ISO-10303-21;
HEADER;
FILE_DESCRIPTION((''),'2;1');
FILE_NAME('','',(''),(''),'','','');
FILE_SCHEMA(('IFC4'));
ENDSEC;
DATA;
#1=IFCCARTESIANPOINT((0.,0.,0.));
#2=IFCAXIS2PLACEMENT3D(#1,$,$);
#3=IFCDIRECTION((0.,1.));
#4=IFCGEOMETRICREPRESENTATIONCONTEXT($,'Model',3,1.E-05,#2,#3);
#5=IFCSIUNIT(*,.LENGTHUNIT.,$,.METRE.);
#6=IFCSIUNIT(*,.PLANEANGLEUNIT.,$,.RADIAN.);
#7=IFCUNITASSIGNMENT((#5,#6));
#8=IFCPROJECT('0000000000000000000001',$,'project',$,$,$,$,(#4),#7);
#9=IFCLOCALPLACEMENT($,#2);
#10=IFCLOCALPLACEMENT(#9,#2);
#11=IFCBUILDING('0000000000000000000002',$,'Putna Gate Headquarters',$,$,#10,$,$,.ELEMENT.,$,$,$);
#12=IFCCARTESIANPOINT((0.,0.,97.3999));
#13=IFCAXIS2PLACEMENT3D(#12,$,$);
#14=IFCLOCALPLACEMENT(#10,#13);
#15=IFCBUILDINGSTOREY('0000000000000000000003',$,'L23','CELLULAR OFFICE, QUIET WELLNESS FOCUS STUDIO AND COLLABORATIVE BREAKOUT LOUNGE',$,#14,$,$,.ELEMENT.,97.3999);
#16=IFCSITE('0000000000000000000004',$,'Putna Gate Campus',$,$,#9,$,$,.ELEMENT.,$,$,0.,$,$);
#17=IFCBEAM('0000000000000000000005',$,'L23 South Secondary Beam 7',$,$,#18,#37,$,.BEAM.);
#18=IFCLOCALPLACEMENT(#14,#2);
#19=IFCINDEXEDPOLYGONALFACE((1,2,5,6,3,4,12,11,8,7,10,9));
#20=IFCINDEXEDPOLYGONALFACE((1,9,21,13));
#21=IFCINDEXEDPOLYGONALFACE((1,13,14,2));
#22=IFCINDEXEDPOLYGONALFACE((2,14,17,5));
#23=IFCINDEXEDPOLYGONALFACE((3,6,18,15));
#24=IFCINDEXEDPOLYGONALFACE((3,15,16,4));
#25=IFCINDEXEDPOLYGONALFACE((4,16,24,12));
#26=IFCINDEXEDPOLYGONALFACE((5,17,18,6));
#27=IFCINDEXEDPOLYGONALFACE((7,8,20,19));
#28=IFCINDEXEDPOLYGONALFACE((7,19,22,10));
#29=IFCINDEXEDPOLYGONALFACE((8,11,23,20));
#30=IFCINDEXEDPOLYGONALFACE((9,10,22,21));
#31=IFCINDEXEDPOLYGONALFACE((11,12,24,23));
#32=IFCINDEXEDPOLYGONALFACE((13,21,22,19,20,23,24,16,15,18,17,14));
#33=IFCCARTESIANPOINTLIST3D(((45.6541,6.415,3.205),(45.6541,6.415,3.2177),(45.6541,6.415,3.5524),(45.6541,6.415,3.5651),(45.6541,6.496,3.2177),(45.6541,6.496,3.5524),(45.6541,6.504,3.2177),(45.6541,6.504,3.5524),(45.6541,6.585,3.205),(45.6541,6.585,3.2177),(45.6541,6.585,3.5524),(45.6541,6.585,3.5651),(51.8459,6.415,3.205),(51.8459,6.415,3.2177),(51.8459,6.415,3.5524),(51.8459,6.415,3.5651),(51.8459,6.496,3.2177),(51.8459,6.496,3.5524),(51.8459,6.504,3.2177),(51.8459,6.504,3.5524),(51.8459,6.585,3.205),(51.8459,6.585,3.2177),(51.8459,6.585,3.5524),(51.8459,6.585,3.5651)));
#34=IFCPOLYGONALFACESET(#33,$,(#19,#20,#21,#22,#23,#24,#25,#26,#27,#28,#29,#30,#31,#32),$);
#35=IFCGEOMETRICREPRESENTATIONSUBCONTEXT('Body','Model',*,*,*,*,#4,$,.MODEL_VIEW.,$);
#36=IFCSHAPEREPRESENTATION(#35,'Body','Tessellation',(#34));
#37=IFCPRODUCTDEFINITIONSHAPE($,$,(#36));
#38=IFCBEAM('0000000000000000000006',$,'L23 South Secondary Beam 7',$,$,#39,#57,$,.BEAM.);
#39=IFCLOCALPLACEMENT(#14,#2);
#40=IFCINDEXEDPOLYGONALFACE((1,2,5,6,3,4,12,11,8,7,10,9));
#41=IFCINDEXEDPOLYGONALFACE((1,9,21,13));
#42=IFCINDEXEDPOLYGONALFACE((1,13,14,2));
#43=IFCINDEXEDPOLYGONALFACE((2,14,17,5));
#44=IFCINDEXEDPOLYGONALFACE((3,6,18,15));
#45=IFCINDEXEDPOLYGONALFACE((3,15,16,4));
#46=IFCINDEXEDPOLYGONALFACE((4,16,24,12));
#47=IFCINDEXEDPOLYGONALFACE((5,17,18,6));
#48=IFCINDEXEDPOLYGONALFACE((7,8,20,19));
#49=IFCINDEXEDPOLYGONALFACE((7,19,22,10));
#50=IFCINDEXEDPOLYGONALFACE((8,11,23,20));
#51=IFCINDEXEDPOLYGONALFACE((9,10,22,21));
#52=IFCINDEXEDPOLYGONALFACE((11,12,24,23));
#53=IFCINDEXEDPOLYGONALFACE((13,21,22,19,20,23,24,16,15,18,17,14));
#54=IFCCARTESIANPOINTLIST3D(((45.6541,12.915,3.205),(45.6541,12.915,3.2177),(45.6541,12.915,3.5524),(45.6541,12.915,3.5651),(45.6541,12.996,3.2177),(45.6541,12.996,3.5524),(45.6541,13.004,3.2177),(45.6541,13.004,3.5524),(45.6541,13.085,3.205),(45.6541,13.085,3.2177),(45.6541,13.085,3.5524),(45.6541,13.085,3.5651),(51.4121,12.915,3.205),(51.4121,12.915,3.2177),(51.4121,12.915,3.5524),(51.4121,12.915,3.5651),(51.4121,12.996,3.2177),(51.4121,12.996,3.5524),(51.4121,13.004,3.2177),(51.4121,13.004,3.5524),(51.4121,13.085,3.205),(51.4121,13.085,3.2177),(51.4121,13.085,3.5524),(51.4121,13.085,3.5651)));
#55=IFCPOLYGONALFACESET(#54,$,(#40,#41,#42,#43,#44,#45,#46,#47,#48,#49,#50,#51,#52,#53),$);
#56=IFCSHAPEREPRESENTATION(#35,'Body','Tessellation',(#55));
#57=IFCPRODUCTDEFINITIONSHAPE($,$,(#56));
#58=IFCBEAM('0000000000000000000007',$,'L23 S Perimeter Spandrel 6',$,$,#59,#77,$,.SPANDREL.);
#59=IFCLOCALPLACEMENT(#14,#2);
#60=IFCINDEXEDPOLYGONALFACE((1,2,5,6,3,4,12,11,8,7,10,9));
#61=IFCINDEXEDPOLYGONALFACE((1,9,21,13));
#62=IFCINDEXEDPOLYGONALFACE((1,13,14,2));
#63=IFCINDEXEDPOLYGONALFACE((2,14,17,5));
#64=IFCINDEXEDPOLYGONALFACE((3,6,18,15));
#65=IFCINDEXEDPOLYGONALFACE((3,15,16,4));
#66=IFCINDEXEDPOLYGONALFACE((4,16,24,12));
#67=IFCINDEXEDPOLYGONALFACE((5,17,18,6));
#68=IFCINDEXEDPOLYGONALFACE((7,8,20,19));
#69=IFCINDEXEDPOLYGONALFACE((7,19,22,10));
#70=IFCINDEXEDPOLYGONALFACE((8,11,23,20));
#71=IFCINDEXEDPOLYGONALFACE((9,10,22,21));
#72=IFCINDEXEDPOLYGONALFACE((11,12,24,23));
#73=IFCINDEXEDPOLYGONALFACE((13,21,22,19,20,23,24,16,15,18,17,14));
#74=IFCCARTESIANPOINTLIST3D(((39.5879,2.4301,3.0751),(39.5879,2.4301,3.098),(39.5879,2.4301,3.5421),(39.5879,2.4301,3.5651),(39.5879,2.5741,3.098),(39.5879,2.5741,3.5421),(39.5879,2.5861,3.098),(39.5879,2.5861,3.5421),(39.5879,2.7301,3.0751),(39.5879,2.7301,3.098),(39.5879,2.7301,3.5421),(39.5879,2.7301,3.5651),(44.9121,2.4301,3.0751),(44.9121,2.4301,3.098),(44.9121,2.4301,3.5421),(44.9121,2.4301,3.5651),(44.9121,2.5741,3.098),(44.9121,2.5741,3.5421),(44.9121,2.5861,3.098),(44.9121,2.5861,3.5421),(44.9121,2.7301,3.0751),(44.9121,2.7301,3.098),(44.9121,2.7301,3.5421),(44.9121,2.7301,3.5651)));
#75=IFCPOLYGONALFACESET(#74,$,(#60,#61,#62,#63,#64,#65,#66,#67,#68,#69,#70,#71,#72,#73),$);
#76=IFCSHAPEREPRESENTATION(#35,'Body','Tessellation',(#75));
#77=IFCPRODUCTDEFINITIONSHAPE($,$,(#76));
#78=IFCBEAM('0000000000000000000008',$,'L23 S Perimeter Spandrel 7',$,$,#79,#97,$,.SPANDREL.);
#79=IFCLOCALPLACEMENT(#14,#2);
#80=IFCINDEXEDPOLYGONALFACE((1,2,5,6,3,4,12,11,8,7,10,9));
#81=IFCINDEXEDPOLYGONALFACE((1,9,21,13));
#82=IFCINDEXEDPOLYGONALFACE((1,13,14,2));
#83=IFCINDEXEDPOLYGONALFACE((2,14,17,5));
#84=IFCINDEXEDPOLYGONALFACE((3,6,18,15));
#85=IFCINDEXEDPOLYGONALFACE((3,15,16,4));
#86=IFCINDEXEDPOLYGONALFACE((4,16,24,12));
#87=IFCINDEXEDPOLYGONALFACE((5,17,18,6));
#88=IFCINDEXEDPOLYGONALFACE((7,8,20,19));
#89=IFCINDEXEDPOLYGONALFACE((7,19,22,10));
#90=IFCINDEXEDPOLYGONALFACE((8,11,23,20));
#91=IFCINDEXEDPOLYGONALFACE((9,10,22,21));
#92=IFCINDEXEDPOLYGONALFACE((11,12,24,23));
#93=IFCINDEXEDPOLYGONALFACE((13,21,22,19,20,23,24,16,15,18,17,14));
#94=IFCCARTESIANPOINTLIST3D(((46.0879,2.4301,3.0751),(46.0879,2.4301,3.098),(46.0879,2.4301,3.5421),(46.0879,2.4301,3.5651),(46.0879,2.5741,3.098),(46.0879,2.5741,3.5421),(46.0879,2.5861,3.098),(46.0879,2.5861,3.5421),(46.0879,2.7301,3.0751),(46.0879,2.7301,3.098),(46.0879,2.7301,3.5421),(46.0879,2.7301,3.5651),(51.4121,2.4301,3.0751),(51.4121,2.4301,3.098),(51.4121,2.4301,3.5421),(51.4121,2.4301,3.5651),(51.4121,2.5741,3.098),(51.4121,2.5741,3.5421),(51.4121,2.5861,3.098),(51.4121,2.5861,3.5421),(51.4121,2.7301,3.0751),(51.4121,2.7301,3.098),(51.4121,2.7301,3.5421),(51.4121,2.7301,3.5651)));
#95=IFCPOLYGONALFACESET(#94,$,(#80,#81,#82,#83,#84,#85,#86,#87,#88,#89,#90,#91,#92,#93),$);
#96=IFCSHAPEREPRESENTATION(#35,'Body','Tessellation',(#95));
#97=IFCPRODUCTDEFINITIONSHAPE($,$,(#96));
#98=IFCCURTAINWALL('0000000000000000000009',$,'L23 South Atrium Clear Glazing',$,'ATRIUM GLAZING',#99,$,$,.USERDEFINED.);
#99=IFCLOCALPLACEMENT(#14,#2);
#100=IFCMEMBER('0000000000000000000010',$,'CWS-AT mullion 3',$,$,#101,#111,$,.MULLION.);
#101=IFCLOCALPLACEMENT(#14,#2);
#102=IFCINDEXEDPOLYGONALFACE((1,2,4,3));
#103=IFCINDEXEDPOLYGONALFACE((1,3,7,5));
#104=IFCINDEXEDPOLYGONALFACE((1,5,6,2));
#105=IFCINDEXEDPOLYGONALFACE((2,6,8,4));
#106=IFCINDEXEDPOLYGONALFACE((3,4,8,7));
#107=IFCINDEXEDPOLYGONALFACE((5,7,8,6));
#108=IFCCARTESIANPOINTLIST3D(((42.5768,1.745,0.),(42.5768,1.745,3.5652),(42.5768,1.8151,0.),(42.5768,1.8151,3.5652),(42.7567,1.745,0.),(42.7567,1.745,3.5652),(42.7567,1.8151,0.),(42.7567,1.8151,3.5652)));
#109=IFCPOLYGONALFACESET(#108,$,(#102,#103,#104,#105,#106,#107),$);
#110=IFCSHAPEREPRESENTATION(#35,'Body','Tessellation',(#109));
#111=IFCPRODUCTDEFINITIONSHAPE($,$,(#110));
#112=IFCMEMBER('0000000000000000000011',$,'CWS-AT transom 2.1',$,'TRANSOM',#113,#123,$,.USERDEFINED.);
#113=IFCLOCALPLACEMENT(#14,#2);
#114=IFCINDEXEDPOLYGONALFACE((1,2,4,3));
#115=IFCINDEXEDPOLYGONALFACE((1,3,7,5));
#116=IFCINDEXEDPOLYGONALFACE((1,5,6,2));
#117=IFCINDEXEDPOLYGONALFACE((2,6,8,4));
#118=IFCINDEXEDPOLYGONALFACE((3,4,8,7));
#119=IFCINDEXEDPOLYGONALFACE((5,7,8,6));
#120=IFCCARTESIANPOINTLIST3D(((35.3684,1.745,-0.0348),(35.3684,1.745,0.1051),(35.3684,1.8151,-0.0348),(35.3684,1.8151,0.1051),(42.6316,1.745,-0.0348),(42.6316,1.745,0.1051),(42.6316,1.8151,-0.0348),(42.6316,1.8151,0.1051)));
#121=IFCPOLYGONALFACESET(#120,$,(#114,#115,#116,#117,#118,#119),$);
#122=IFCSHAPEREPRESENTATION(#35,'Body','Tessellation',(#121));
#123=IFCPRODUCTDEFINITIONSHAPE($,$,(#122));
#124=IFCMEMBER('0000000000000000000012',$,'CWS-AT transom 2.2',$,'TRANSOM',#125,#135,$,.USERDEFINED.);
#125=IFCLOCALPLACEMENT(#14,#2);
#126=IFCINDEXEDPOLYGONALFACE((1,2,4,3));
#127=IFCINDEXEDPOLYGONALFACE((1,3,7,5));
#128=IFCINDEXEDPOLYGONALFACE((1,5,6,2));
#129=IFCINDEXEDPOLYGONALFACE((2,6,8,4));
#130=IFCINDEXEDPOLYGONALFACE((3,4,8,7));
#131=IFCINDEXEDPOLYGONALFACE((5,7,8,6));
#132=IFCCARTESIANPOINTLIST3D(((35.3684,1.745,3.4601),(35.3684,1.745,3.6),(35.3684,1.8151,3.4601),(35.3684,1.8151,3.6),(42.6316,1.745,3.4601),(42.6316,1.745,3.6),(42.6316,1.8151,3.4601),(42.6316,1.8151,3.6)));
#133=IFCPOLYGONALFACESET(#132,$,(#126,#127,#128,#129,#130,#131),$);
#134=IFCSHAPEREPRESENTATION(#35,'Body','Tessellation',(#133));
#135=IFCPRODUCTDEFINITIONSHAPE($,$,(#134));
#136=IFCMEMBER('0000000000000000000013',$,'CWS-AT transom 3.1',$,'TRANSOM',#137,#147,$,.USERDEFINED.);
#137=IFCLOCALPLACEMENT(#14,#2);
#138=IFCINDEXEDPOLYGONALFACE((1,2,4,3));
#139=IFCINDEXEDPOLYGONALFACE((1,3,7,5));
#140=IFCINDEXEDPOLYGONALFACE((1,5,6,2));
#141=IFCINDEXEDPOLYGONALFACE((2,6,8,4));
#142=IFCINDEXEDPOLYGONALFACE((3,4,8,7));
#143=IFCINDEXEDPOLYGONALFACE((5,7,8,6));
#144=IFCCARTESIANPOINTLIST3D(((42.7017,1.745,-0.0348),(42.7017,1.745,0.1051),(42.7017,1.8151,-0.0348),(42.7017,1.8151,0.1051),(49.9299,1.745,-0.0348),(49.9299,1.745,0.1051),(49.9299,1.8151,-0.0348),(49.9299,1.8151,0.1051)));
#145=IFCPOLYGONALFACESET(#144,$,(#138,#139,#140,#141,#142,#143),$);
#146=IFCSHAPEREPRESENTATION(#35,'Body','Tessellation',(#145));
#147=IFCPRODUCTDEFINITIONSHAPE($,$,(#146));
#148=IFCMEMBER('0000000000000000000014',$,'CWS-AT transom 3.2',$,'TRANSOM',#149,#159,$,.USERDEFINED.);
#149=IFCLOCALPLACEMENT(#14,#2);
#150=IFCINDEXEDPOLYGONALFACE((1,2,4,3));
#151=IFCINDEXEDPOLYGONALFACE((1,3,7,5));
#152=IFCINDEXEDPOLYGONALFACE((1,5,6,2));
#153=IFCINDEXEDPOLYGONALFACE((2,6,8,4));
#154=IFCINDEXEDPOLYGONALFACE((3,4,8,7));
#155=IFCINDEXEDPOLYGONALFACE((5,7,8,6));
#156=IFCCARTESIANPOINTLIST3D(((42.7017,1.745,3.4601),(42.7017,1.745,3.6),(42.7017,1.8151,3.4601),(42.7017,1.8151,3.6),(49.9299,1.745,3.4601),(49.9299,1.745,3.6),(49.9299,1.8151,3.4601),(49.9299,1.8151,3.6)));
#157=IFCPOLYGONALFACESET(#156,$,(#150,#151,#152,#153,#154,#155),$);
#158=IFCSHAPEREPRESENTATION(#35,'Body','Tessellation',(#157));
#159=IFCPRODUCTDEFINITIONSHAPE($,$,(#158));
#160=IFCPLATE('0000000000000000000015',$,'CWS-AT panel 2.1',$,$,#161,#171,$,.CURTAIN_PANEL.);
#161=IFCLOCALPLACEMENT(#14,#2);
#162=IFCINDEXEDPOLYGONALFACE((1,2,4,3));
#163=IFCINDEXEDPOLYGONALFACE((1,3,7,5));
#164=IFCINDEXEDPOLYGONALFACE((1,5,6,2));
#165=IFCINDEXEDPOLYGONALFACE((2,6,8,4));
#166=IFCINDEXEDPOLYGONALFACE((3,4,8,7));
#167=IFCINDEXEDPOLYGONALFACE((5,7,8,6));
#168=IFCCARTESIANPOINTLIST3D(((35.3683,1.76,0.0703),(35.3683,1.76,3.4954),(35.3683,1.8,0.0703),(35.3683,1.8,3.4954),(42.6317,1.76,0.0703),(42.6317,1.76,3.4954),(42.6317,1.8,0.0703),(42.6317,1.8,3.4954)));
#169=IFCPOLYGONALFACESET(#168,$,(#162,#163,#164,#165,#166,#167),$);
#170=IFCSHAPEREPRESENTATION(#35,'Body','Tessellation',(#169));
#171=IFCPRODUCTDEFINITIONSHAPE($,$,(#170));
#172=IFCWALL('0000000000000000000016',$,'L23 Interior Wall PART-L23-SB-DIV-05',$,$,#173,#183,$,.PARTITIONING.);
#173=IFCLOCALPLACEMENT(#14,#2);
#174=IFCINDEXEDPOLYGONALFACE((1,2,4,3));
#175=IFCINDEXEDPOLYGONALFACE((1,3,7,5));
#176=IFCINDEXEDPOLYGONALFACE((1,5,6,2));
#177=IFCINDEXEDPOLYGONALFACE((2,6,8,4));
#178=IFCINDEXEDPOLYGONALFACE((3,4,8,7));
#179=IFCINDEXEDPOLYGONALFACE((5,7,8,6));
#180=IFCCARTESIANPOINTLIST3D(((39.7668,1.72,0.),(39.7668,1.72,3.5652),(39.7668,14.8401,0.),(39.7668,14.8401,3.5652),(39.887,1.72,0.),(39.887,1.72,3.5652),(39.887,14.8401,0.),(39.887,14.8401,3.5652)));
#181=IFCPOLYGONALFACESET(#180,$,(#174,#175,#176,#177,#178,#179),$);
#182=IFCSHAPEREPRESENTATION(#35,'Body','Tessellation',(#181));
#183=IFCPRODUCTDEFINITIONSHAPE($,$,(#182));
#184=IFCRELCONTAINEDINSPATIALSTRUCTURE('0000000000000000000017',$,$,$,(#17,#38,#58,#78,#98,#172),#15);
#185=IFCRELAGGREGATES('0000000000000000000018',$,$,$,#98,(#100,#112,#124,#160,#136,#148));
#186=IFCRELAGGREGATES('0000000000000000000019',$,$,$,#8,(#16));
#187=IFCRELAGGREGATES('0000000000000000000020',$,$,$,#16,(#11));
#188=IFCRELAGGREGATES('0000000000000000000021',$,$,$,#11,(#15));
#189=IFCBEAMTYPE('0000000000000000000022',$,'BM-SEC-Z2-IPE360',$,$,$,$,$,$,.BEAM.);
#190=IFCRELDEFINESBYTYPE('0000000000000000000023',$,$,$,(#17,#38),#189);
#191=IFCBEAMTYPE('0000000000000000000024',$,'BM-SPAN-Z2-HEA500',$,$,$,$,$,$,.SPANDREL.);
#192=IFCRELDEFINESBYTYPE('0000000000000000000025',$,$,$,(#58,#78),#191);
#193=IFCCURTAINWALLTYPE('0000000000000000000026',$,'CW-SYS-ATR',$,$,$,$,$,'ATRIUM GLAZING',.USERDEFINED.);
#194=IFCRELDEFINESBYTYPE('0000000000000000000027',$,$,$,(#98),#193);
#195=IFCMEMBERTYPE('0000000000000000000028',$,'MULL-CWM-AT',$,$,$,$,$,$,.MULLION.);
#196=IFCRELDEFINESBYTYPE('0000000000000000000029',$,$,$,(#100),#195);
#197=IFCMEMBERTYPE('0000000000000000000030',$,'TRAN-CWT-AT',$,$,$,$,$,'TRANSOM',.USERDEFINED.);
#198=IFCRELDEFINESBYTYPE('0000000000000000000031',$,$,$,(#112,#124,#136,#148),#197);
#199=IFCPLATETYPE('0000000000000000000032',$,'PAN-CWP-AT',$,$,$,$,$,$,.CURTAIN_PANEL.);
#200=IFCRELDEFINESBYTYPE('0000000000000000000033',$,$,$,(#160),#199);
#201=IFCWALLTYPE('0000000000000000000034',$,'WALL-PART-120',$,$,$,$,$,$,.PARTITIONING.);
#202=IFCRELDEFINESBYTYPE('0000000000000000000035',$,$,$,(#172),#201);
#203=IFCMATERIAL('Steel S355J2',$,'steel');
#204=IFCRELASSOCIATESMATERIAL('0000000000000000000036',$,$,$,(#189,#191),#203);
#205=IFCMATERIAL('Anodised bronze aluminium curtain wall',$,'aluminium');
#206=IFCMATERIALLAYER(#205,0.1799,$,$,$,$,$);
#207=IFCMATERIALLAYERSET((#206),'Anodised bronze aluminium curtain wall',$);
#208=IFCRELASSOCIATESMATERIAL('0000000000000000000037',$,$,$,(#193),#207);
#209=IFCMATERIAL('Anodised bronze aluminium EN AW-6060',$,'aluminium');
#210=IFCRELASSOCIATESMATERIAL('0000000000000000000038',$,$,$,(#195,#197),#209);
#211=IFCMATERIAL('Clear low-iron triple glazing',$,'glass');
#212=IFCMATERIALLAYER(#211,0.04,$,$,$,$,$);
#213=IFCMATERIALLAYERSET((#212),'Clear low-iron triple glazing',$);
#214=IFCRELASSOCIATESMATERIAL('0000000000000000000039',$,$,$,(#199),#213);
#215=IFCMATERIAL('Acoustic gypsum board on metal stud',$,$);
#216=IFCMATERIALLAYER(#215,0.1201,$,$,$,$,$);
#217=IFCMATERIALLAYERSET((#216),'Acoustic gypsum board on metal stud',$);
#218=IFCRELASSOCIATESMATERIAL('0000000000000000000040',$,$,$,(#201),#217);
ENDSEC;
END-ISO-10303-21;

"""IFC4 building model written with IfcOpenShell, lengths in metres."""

from ifc_helpers import new_model, si_unit, direction, frame, frame_2d, origin, origin_2d, place, context, subcontext, project, spatial, rectangle, i_section, extrude, material, layer, layer_set, material_profile, profile_set, type_object, element, aggregate, save


model = new_model("IFC4")

# Units and contexts
model_context = context("Model", 3, precision=1e-05, world=origin(), true_north=direction((0.0, 1.0)))
body_context = subcontext(model_context, "Body", "Model", "MODEL_VIEW")
ifc_project = project(units=[si_unit("LENGTHUNIT", "METRE"), si_unit("PLANEANGLEUNIT", "RADIAN")], contexts=[model_context])

# Site, building, storey
site_placement = place(None, origin())
site = spatial("IfcSite", under=ifc_project, at=site_placement, Name="Putna Gate Campus", CompositionType="ELEMENT", RefElevation=0.0)
building_placement = place(site_placement, origin())
building = spatial("IfcBuilding", under=site, at=building_placement, Name="Putna Gate Headquarters", CompositionType="ELEMENT")
storey_placement = place(building_placement, frame((0.0, 0.0, 97.3999)))
storey = spatial("IfcBuildingStorey", under=building, at=storey_placement, Name="L23", Description="CELLULAR OFFICE, QUIET WELLNESS FOCUS STUDIO AND COLLABORATIVE BREAKOUT LOUNGE", CompositionType="ELEMENT", Elevation=97.3999)

# Beams
ifc_material_1 = material(Name="Steel S355J2", Category="steel")
ifc_material_profile_1 = material_profile(ifc_material_1, i_section(OverallWidth=0.1699, OverallDepth=0.3601, WebThickness=0.0081, FlangeThickness=0.0127, at=origin_2d()), Name="Steel S355J2")
ifc_profile_set_1 = profile_set([ifc_material_profile_1], Name="Steel S355J2")
beam_type_1 = type_object("IfcBeamType", Name="BM-SEC-Z2-IPE360", PredefinedType="BEAM", material=ifc_profile_set_1)
for number, where, z_axis, x_axis, name in (
    (1, (45.6541, 6.5, 3.385), (1.0, 0.0, 0.0), (0.0, 1.0, 0.0), "L23 South Secondary Beam 7"),
):
    element("IfcBeam", number, at=place(storey_placement, frame(where, z_axis=z_axis, x_axis=x_axis)), inside=storey, type_object=beam_type_1, Name=name, PredefinedType="BEAM", context=body_context, shape_type="SweptSolid", body=[
        extrude(i_section(OverallWidth=0.1699, OverallDepth=0.3601, WebThickness=0.0081, FlangeThickness=0.0127, at=origin_2d()), origin(), (0.0, 0.0, 1.0), 6.1919),
    ])
beam_1_placement = place(storey_placement, frame((45.6541, 13.0, 3.385), z_axis=(1.0, 0.0, 0.0), x_axis=(0.0, 1.0, 0.0)))
element("IfcBeam", 2, at=beam_1_placement, inside=storey, type_object=beam_type_1, Name="L23 South Secondary Beam 7", PredefinedType="BEAM", context=body_context, shape_type="SweptSolid", body=[
    extrude(i_section(OverallWidth=0.1699, OverallDepth=0.3601, WebThickness=0.0081, FlangeThickness=0.0127, at=origin_2d()), origin(), (0.0, 0.0, 1.0), 5.7581),
])
ifc_material_profile_2 = material_profile(ifc_material_1, i_section(OverallWidth=0.3, OverallDepth=0.49, WebThickness=0.012, FlangeThickness=0.0229, at=origin_2d()), Name="Steel S355J2")
ifc_profile_set_2 = profile_set([ifc_material_profile_2], Name="Steel S355J2")
beam_type_2 = type_object("IfcBeamType", Name="BM-SPAN-Z2-HEA500", PredefinedType="SPANDREL", material=ifc_profile_set_2)
for number, where, z_axis, x_axis, name in (
    (3, (39.5879, 2.5801, 3.3201), (1.0, 0.0, 0.0), (0.0, 1.0, 0.0), "L23 S Perimeter Spandrel 6"),
    (4, (46.0879, 2.5801, 3.3201), (1.0, 0.0, 0.0), (0.0, 1.0, 0.0), "L23 S Perimeter Spandrel 7"),
):
    element("IfcBeam", number, at=place(storey_placement, frame(where, z_axis=z_axis, x_axis=x_axis)), inside=storey, type_object=beam_type_2, Name=name, PredefinedType="SPANDREL", context=body_context, shape_type="SweptSolid", body=[
        extrude(i_section(OverallWidth=0.3, OverallDepth=0.49, WebThickness=0.012, FlangeThickness=0.0229, at=origin_2d()), origin(), (0.0, 0.0, 1.0), 5.3242),
    ])

# Curtain wall, members, plate
ifc_material_2 = material(Name="Anodised bronze aluminium curtain wall", Category="aluminium")
ifc_layer_1 = layer(ifc_material_2, 0.1799)
ifc_layer_set_1 = layer_set([ifc_layer_1], Name="Anodised bronze aluminium curtain wall")
curtain_wall_type = type_object("IfcCurtainWallType", Name="CW-SYS-ATR", ElementType="ATRIUM GLAZING", PredefinedType="USERDEFINED", material=ifc_layer_set_1)
curtain_wall_placement = place(storey_placement, origin())
curtain_wall = element("IfcCurtainWall", 5, at=curtain_wall_placement, inside=storey, type_object=curtain_wall_type, Name="L23 South Atrium Clear Glazing", ObjectType="ATRIUM GLAZING", PredefinedType="USERDEFINED")
ifc_material_3 = material(Name="Anodised bronze aluminium EN AW-6060", Category="aluminium")
ifc_material_profile_3 = material_profile(ifc_material_3, rectangle(XDim=0.0701, YDim=0.1799, at=origin_2d()), Name="Anodised bronze aluminium EN AW-6060")
ifc_profile_set_3 = profile_set([ifc_material_profile_3], Name="Anodised bronze aluminium EN AW-6060")
member_type_1 = type_object("IfcMemberType", Name="MULL-CWM-AT", PredefinedType="MULLION", material=ifc_profile_set_3)
member_1_placement = place(storey_placement, frame((42.6667, 1.78, 0.0), z_axis=(0.0, 0.0, 1.0), x_axis=(0.0, 1.0, 0.0)))
member_1 = element("IfcMember", 6, at=member_1_placement, type_object=member_type_1, Name="CWS-AT mullion 3", PredefinedType="MULLION", context=body_context, shape_type="SweptSolid", body=[
    extrude(rectangle(XDim=0.0701, YDim=0.1799, at=origin_2d()), origin(), (0.0, 0.0, 1.0), 3.5652),
])
ifc_material_profile_4 = material_profile(ifc_material_3, rectangle(XDim=0.0701, YDim=0.1399, at=origin_2d()), Name="Anodised bronze aluminium EN AW-6060")
ifc_profile_set_4 = profile_set([ifc_material_profile_4], Name="Anodised bronze aluminium EN AW-6060")
member_type_2 = type_object("IfcMemberType", Name="TRAN-CWT-AT", ElementType="TRANSOM", PredefinedType="USERDEFINED", material=ifc_profile_set_4)
member_2_placement = place(storey_placement, frame((35.3684, 1.78, 0.0352), z_axis=(1.0, 0.0, 0.0), x_axis=(0.0, 1.0, 0.0)))
member_2 = element("IfcMember", 7, at=member_2_placement, type_object=member_type_2, Name="CWS-AT transom 2.1", ObjectType="TRANSOM", PredefinedType="USERDEFINED", context=body_context, shape_type="SweptSolid", body=[
    extrude(rectangle(XDim=0.0701, YDim=0.1399, at=origin_2d()), origin(), (0.0, 0.0, 1.0), 7.2632),
])
member_3_placement = place(storey_placement, frame((35.3684, 1.78, 3.53), z_axis=(1.0, 0.0, 0.0), x_axis=(0.0, 1.0, 0.0)))
member_3 = element("IfcMember", 8, at=member_3_placement, type_object=member_type_2, Name="CWS-AT transom 2.2", ObjectType="TRANSOM", PredefinedType="USERDEFINED", context=body_context, shape_type="SweptSolid", body=[
    extrude(rectangle(XDim=0.0701, YDim=0.1399, at=origin_2d()), origin(), (0.0, 0.0, 1.0), 7.2632),
])
member_4_placement = place(storey_placement, frame((42.7017, 1.78, 0.0352), z_axis=(1.0, 0.0, 0.0), x_axis=(0.0, 1.0, 0.0)))
member_4 = element("IfcMember", 9, at=member_4_placement, type_object=member_type_2, Name="CWS-AT transom 3.1", ObjectType="TRANSOM", PredefinedType="USERDEFINED", context=body_context, shape_type="SweptSolid", body=[
    extrude(rectangle(XDim=0.0701, YDim=0.1399, at=origin_2d()), origin(), (0.0, 0.0, 1.0), 7.2283),
])
member_5_placement = place(storey_placement, frame((42.7017, 1.78, 3.53), z_axis=(1.0, 0.0, 0.0), x_axis=(0.0, 1.0, 0.0)))
member_5 = element("IfcMember", 10, at=member_5_placement, type_object=member_type_2, Name="CWS-AT transom 3.2", ObjectType="TRANSOM", PredefinedType="USERDEFINED", context=body_context, shape_type="SweptSolid", body=[
    extrude(rectangle(XDim=0.0701, YDim=0.1399, at=origin_2d()), origin(), (0.0, 0.0, 1.0), 7.2283),
])
ifc_material_4 = material(Name="Clear low-iron triple glazing", Category="glass")
ifc_layer_2 = layer(ifc_material_4, 0.04)
ifc_layer_set_2 = layer_set([ifc_layer_2], Name="Clear low-iron triple glazing")
plate_type = type_object("IfcPlateType", Name="PAN-CWP-AT", PredefinedType="CURTAIN_PANEL", material=ifc_layer_set_2)
plate_placement = place(storey_placement, frame((39.0, 1.78, 0.0703), z_axis=(0.0, 0.0, 1.0), x_axis=(1.0, 0.0, 0.0)))
plate = element("IfcPlate", 11, at=plate_placement, type_object=plate_type, Name="CWS-AT panel 2.1", PredefinedType="CURTAIN_PANEL", context=body_context, shape_type="SweptSolid", body=[
    extrude(rectangle(XDim=7.2634, YDim=0.04, at=origin_2d()), origin(), (0.0, 0.0, 1.0), 3.425),
])
aggregate(curtain_wall, [member_1, member_2, member_3, plate, member_4, member_5])

# Wall
ifc_material_5 = material(Name="Acoustic gypsum board on metal stud")
ifc_layer_3 = layer(ifc_material_5, 0.1201)
ifc_layer_set_3 = layer_set([ifc_layer_3], Name="Acoustic gypsum board on metal stud")
wall_type_1 = type_object("IfcWallType", Name="WALL-PART-120", PredefinedType="PARTITIONING", material=ifc_layer_set_3)
wall_1_placement = place(storey_placement, frame((39.8269, 1.72, 0.0), z_axis=(0.0, 0.0, 1.0), x_axis=(0.0, 1.0, 0.0)))
element("IfcWall", 12, at=wall_1_placement, inside=storey, type_object=wall_type_1, Name="L23 Interior Wall PART-L23-SB-DIV-05", PredefinedType="PARTITIONING", context=body_context, shape_type="SweptSolid", body=[
    extrude(rectangle(XDim=13.1201, YDim=0.1201, at=frame_2d((6.5601, 0.0))), origin(), (0.0, 0.0, 1.0), 3.5652),
])

save(model, "model.ifc")
